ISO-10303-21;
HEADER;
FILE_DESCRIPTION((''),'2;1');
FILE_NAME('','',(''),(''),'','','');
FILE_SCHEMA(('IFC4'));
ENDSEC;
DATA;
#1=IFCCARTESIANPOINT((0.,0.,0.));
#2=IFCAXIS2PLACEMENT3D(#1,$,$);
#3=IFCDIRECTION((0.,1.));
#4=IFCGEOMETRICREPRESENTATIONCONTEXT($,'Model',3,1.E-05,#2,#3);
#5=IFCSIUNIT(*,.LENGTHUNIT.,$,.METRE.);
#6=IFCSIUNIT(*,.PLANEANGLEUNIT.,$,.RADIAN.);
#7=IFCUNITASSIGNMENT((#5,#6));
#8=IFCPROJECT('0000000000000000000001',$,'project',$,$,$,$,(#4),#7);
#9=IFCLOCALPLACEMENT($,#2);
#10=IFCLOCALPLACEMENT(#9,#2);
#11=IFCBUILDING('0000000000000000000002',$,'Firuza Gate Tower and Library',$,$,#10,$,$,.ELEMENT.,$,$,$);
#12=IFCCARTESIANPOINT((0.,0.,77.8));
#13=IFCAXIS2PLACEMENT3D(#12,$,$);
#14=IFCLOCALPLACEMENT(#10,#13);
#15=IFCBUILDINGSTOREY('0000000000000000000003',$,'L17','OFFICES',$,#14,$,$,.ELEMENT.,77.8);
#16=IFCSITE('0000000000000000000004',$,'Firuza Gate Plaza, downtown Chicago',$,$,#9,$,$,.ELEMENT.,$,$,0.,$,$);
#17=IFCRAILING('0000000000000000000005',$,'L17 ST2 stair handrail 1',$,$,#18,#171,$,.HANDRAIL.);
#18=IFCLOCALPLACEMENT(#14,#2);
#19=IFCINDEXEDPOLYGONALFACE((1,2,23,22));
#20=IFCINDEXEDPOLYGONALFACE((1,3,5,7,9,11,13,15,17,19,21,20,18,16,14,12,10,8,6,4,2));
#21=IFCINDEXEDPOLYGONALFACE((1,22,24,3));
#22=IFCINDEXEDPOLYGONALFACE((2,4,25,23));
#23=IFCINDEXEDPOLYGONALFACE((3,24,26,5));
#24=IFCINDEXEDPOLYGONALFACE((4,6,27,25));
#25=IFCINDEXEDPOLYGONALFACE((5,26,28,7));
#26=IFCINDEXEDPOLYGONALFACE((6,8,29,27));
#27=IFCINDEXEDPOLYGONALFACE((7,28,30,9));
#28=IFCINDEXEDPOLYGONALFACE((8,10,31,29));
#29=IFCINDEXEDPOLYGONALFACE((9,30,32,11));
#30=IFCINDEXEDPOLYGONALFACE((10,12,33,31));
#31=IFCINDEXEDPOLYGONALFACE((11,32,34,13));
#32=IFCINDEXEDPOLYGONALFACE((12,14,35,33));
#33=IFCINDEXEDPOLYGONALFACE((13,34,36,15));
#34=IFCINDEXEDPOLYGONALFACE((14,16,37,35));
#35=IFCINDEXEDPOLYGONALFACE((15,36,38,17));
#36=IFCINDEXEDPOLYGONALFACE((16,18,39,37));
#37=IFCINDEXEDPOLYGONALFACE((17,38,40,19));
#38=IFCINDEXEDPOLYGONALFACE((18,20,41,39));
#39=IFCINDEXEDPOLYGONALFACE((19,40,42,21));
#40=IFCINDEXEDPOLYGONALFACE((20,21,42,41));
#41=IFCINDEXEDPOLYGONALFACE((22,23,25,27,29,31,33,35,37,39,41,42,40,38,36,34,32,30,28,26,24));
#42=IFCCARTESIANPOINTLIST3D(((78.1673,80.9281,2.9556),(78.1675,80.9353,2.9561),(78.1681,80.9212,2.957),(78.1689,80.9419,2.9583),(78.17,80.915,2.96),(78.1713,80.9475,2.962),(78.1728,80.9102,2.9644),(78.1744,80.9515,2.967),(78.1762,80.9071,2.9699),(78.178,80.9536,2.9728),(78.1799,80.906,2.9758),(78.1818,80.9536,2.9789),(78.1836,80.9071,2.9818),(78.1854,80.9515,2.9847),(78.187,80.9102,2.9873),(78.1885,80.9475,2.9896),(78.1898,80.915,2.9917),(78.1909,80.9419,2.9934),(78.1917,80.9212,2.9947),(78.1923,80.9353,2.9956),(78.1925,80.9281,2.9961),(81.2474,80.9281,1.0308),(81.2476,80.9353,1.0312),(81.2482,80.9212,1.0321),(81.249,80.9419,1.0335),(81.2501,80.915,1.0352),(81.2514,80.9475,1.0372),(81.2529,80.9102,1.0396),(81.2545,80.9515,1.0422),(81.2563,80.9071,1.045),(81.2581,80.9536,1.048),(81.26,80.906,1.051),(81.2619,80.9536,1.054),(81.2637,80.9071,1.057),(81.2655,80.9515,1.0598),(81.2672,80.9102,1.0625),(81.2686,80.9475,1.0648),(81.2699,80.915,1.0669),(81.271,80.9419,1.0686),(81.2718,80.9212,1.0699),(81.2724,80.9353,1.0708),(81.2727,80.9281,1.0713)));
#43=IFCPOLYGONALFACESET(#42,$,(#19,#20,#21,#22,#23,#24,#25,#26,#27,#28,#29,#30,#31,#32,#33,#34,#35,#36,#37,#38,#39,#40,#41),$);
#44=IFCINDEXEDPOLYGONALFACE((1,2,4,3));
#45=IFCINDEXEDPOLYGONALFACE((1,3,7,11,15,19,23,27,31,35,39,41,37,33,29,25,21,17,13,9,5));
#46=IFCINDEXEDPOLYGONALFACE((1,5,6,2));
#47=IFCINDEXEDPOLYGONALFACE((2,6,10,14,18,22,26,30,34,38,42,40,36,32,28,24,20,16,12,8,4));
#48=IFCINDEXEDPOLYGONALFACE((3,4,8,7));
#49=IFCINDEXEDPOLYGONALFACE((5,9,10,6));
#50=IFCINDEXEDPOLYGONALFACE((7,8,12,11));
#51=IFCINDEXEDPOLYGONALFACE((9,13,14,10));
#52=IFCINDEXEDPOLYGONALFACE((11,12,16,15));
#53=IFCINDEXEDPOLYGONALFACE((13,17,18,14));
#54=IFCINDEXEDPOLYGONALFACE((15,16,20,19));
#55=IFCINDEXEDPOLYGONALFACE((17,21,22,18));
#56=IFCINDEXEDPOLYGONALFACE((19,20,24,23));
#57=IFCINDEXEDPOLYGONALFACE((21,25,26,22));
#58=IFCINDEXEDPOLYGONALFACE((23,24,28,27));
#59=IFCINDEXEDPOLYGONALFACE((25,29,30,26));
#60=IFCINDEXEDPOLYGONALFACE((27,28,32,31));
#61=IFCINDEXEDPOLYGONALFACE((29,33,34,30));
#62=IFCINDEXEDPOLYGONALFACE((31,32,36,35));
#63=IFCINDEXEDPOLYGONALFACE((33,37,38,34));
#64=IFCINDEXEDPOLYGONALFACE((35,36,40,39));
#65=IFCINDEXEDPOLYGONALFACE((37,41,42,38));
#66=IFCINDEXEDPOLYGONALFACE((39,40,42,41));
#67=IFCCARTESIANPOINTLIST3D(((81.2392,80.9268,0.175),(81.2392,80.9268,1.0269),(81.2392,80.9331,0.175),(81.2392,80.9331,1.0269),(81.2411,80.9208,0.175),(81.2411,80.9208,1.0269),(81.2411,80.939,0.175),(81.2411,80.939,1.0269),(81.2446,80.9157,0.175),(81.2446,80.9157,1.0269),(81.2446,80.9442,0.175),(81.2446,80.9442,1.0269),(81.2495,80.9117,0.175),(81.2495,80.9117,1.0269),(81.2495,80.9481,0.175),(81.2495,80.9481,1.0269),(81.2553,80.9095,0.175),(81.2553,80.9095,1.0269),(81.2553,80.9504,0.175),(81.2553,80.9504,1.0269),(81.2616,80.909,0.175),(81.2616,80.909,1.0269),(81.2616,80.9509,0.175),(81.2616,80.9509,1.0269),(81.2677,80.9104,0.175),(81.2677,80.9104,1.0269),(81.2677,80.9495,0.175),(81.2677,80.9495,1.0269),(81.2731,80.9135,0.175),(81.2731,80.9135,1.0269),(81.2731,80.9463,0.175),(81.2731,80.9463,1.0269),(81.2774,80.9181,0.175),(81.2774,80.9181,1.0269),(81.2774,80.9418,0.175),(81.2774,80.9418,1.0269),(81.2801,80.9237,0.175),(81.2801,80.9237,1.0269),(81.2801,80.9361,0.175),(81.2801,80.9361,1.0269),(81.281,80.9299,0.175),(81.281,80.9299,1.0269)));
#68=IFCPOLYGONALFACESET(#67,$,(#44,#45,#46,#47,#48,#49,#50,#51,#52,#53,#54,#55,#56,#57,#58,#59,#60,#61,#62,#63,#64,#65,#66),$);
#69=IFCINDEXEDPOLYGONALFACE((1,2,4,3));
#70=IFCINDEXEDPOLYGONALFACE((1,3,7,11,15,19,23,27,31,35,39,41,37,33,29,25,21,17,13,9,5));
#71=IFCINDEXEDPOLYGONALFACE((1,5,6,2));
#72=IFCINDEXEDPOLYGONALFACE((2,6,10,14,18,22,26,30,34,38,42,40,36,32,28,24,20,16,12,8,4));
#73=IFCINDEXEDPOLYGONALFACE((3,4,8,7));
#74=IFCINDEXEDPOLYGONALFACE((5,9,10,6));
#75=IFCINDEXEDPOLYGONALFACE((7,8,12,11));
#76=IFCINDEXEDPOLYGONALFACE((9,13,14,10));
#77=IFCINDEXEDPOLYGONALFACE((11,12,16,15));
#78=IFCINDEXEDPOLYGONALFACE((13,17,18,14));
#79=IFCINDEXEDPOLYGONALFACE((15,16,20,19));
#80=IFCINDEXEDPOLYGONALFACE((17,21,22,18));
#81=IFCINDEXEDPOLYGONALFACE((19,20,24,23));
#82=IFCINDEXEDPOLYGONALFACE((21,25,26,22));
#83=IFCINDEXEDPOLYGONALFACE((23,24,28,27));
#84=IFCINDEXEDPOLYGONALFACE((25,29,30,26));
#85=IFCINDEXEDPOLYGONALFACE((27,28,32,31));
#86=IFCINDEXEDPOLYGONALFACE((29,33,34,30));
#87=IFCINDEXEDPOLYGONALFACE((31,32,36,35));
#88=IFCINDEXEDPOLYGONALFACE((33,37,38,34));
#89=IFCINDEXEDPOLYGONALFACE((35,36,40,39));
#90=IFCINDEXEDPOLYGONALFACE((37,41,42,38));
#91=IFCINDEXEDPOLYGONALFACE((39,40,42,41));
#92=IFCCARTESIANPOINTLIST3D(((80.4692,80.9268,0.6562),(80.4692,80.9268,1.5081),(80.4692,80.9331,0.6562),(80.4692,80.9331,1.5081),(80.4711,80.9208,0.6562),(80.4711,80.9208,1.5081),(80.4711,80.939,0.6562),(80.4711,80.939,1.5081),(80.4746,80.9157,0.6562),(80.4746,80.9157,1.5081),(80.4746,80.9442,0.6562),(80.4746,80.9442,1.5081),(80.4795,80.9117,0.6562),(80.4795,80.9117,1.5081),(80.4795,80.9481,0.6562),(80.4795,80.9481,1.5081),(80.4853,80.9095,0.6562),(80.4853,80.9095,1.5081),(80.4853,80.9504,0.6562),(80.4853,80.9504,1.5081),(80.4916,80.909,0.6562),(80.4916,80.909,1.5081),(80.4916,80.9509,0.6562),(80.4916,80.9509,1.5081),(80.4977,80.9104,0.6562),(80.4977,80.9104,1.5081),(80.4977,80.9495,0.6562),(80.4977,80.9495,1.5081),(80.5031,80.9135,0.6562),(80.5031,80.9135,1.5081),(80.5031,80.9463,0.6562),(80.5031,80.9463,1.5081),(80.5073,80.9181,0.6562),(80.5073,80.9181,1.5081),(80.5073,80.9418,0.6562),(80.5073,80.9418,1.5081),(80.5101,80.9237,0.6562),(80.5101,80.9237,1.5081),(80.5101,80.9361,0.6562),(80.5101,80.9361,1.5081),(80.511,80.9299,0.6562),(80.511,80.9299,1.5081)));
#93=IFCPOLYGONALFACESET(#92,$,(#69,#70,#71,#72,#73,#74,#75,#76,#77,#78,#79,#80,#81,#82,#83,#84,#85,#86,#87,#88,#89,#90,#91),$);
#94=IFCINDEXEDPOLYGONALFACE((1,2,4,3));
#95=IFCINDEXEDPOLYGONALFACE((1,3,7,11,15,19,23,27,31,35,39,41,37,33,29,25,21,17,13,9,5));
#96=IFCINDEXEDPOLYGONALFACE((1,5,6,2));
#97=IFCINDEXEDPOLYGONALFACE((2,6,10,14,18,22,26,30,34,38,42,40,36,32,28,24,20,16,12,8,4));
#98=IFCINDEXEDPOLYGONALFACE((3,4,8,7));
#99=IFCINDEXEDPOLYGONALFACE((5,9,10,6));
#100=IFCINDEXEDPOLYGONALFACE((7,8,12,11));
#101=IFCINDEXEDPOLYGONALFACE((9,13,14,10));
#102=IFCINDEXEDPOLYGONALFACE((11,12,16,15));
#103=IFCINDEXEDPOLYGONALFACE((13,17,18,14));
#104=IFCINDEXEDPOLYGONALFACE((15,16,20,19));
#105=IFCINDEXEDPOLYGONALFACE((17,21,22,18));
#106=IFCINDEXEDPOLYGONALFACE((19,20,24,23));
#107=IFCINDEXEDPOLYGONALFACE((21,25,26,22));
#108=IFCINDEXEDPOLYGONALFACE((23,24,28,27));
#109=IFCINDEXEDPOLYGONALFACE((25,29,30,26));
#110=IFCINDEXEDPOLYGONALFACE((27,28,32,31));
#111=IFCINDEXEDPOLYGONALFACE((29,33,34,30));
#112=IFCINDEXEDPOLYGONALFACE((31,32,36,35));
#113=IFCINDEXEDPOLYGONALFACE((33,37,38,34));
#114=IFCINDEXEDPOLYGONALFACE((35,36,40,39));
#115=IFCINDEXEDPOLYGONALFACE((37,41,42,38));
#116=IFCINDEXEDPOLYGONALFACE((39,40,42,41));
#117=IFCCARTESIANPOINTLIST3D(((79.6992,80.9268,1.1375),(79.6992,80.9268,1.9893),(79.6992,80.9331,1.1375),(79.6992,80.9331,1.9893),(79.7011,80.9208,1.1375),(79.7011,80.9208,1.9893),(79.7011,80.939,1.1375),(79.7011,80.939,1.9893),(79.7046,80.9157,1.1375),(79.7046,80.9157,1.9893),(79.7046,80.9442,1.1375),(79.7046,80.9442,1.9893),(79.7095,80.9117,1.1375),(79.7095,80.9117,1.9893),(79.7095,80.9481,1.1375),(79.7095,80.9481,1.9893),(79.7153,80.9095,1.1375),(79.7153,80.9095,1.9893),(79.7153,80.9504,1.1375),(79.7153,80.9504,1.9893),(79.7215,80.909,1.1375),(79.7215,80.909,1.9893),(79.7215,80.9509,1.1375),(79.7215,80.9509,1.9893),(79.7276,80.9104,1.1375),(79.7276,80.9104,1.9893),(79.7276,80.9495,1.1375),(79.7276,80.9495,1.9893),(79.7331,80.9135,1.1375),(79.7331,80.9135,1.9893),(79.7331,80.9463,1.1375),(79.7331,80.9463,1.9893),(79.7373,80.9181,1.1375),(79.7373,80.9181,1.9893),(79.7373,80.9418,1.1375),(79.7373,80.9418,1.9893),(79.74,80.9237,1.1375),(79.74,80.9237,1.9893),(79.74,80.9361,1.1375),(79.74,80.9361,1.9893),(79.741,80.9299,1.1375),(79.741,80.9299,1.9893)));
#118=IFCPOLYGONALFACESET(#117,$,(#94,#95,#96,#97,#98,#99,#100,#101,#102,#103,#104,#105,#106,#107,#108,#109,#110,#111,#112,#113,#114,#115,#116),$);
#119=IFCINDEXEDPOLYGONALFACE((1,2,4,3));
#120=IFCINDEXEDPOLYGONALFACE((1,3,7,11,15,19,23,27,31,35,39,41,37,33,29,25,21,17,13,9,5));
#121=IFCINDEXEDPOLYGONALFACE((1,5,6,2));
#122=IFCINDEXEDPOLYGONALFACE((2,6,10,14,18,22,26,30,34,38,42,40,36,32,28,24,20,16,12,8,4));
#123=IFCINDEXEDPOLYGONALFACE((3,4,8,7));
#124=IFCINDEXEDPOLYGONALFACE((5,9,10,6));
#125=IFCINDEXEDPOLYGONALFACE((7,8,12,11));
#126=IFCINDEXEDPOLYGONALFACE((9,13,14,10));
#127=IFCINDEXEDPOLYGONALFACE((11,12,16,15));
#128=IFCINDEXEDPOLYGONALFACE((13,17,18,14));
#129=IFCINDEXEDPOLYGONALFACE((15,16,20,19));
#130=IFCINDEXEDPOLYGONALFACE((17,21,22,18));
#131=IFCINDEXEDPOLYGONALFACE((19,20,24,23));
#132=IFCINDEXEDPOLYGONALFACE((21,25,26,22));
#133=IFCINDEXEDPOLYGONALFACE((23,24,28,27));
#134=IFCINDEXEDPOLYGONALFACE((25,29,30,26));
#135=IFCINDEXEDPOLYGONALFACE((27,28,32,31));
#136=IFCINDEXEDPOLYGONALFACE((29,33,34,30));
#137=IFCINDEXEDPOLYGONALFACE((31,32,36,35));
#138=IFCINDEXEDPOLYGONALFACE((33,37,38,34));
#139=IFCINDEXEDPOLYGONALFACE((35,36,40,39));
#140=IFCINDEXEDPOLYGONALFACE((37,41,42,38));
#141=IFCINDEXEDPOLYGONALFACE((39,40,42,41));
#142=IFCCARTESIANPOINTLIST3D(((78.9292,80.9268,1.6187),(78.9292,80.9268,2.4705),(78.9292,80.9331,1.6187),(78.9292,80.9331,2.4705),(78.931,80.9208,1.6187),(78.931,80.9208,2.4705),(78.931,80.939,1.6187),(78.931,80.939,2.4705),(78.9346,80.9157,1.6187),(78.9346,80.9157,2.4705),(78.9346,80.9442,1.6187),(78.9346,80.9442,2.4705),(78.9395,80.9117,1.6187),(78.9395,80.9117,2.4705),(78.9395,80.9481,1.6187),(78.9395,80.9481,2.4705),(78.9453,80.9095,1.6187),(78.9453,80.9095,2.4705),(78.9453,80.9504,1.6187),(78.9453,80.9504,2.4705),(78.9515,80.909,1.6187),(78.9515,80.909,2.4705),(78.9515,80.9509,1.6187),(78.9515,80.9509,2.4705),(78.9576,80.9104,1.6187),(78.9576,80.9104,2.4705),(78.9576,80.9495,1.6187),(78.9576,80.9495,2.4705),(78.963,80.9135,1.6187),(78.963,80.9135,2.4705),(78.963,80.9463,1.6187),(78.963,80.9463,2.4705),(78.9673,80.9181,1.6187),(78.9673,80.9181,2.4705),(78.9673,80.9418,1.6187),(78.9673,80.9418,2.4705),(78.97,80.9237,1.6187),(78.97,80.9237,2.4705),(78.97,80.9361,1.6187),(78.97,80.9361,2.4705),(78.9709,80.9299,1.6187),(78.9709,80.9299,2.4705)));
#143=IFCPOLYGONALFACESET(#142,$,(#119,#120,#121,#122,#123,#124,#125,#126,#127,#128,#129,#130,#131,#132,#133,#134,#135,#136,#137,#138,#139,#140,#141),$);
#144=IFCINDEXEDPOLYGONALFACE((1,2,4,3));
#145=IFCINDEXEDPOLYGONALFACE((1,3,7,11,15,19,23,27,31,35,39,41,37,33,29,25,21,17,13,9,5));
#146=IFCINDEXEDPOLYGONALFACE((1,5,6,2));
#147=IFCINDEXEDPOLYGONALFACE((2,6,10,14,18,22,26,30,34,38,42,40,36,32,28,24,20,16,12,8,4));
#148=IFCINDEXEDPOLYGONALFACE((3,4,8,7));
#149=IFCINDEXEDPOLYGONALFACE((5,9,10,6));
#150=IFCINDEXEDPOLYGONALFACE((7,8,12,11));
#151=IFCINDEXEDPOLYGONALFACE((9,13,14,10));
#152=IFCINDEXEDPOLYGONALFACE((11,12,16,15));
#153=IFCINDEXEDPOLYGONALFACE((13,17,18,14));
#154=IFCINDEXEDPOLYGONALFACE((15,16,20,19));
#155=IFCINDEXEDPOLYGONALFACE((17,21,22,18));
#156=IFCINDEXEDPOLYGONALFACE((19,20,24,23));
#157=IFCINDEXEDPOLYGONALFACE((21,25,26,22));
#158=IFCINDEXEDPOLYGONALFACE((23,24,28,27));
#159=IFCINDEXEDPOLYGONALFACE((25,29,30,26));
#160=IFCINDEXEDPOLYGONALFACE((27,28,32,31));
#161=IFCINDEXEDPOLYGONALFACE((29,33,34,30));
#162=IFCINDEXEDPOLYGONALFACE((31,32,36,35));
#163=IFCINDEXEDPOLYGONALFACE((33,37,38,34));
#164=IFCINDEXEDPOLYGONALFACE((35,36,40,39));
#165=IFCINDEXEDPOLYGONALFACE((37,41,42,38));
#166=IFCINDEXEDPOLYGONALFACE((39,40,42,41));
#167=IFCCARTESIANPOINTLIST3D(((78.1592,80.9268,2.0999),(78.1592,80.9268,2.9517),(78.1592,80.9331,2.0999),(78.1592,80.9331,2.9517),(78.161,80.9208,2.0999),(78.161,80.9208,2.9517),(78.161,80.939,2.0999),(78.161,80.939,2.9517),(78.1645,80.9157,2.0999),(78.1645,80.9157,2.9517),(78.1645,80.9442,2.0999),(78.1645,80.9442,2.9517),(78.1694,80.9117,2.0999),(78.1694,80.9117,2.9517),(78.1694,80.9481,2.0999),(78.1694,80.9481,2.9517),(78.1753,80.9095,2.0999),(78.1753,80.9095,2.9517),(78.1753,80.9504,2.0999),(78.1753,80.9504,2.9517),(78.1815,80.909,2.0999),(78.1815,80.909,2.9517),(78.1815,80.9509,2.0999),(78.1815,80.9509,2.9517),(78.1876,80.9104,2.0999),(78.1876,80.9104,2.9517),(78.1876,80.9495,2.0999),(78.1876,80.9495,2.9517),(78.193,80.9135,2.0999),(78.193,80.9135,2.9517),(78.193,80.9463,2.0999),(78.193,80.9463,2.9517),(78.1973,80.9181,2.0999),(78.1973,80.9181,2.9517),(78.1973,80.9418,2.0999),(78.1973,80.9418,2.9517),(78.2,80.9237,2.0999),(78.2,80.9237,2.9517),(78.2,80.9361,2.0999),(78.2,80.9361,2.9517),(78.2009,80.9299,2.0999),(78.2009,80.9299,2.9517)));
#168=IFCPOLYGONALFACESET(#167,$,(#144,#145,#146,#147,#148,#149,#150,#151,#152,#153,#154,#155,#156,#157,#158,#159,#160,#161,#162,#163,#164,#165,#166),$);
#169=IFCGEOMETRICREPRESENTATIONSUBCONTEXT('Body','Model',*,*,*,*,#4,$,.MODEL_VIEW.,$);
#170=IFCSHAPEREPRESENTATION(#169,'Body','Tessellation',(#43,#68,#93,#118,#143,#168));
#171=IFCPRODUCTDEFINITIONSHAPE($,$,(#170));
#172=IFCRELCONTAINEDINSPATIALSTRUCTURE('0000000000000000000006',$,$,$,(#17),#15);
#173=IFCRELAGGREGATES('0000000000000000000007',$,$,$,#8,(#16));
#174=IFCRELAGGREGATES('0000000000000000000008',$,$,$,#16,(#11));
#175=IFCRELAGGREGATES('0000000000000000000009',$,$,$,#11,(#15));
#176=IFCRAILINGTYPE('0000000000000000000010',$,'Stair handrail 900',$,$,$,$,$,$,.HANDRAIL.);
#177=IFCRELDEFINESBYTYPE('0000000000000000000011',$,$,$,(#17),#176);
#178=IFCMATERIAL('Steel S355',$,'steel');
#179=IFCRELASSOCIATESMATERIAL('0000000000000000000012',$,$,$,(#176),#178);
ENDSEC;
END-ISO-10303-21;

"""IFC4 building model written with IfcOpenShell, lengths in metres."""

from ifc_helpers import new_model, si_unit, direction, frame, origin, origin_2d, place, context, subcontext, project, spatial, circle, extrude, material, type_object, element, save


model = new_model("IFC4")

# Units and contexts
model_context = context("Model", 3, precision=1e-05, world=origin(), true_north=direction((0.0, 1.0)))
body_context = subcontext(model_context, "Body", "Model", "MODEL_VIEW")
ifc_project = project(units=[si_unit("LENGTHUNIT", "METRE"), si_unit("PLANEANGLEUNIT", "RADIAN")], contexts=[model_context])

# Site, building, storey
site_placement = place(None, origin())
site = spatial("IfcSite", under=ifc_project, at=site_placement, Name="Firuza Gate Plaza, downtown Chicago", CompositionType="ELEMENT", RefElevation=0.0)
building_placement = place(site_placement, origin())
building = spatial("IfcBuilding", under=site, at=building_placement, Name="Firuza Gate Tower and Library", CompositionType="ELEMENT")
storey_placement = place(building_placement, frame((0.0, 0.0, 77.8)))
storey = spatial("IfcBuildingStorey", under=building, at=storey_placement, Name="L17", Description="OFFICES", CompositionType="ELEMENT", Elevation=77.8)

# Railing
ifc_material_1 = material(Name="Steel S355", Category="steel")
railing_type_1 = type_object("IfcRailingType", Name="Stair handrail 900", PredefinedType="HANDRAIL", material=ifc_material_1)
railing_1_placement = place(storey_placement, frame((81.26, 80.9299, 0.175)))
element("IfcRailing", 1, at=railing_1_placement, inside=storey, type_object=railing_type_1, Name="L17 ST2 stair handrail 1", PredefinedType="HANDRAIL", context=body_context, shape_type="SweptSolid", body=[
    extrude(circle(Radius=0.0239, at=origin_2d()), frame((0.0, 0.0, 0.876), z_axis=(-0.848029, 0.0, 0.529951), x_axis=(0.0, -1.0, 0.0)), (0.0, 0.0, 1.0), 3.6321),
    extrude(circle(Radius=0.021, at=origin_2d()), origin(), (0.0, 0.0, 1.0), 0.8518),
    extrude(circle(Radius=0.021, at=origin_2d()), frame((-0.77, 0.0, 0.4812)), (0.0, 0.0, 1.0), 0.8518),
    extrude(circle(Radius=0.021, at=origin_2d()), frame((-1.54, 0.0, 0.9624)), (0.0, 0.0, 1.0), 0.8518),
    extrude(circle(Radius=0.021, at=origin_2d()), frame((-2.3101, 0.0, 1.4436)), (0.0, 0.0, 1.0), 0.8518),
    extrude(circle(Radius=0.021, at=origin_2d()), frame((-3.0801, 0.0, 1.9248)), (0.0, 0.0, 1.0), 0.8518),
])

save(model, "model.ifc")
